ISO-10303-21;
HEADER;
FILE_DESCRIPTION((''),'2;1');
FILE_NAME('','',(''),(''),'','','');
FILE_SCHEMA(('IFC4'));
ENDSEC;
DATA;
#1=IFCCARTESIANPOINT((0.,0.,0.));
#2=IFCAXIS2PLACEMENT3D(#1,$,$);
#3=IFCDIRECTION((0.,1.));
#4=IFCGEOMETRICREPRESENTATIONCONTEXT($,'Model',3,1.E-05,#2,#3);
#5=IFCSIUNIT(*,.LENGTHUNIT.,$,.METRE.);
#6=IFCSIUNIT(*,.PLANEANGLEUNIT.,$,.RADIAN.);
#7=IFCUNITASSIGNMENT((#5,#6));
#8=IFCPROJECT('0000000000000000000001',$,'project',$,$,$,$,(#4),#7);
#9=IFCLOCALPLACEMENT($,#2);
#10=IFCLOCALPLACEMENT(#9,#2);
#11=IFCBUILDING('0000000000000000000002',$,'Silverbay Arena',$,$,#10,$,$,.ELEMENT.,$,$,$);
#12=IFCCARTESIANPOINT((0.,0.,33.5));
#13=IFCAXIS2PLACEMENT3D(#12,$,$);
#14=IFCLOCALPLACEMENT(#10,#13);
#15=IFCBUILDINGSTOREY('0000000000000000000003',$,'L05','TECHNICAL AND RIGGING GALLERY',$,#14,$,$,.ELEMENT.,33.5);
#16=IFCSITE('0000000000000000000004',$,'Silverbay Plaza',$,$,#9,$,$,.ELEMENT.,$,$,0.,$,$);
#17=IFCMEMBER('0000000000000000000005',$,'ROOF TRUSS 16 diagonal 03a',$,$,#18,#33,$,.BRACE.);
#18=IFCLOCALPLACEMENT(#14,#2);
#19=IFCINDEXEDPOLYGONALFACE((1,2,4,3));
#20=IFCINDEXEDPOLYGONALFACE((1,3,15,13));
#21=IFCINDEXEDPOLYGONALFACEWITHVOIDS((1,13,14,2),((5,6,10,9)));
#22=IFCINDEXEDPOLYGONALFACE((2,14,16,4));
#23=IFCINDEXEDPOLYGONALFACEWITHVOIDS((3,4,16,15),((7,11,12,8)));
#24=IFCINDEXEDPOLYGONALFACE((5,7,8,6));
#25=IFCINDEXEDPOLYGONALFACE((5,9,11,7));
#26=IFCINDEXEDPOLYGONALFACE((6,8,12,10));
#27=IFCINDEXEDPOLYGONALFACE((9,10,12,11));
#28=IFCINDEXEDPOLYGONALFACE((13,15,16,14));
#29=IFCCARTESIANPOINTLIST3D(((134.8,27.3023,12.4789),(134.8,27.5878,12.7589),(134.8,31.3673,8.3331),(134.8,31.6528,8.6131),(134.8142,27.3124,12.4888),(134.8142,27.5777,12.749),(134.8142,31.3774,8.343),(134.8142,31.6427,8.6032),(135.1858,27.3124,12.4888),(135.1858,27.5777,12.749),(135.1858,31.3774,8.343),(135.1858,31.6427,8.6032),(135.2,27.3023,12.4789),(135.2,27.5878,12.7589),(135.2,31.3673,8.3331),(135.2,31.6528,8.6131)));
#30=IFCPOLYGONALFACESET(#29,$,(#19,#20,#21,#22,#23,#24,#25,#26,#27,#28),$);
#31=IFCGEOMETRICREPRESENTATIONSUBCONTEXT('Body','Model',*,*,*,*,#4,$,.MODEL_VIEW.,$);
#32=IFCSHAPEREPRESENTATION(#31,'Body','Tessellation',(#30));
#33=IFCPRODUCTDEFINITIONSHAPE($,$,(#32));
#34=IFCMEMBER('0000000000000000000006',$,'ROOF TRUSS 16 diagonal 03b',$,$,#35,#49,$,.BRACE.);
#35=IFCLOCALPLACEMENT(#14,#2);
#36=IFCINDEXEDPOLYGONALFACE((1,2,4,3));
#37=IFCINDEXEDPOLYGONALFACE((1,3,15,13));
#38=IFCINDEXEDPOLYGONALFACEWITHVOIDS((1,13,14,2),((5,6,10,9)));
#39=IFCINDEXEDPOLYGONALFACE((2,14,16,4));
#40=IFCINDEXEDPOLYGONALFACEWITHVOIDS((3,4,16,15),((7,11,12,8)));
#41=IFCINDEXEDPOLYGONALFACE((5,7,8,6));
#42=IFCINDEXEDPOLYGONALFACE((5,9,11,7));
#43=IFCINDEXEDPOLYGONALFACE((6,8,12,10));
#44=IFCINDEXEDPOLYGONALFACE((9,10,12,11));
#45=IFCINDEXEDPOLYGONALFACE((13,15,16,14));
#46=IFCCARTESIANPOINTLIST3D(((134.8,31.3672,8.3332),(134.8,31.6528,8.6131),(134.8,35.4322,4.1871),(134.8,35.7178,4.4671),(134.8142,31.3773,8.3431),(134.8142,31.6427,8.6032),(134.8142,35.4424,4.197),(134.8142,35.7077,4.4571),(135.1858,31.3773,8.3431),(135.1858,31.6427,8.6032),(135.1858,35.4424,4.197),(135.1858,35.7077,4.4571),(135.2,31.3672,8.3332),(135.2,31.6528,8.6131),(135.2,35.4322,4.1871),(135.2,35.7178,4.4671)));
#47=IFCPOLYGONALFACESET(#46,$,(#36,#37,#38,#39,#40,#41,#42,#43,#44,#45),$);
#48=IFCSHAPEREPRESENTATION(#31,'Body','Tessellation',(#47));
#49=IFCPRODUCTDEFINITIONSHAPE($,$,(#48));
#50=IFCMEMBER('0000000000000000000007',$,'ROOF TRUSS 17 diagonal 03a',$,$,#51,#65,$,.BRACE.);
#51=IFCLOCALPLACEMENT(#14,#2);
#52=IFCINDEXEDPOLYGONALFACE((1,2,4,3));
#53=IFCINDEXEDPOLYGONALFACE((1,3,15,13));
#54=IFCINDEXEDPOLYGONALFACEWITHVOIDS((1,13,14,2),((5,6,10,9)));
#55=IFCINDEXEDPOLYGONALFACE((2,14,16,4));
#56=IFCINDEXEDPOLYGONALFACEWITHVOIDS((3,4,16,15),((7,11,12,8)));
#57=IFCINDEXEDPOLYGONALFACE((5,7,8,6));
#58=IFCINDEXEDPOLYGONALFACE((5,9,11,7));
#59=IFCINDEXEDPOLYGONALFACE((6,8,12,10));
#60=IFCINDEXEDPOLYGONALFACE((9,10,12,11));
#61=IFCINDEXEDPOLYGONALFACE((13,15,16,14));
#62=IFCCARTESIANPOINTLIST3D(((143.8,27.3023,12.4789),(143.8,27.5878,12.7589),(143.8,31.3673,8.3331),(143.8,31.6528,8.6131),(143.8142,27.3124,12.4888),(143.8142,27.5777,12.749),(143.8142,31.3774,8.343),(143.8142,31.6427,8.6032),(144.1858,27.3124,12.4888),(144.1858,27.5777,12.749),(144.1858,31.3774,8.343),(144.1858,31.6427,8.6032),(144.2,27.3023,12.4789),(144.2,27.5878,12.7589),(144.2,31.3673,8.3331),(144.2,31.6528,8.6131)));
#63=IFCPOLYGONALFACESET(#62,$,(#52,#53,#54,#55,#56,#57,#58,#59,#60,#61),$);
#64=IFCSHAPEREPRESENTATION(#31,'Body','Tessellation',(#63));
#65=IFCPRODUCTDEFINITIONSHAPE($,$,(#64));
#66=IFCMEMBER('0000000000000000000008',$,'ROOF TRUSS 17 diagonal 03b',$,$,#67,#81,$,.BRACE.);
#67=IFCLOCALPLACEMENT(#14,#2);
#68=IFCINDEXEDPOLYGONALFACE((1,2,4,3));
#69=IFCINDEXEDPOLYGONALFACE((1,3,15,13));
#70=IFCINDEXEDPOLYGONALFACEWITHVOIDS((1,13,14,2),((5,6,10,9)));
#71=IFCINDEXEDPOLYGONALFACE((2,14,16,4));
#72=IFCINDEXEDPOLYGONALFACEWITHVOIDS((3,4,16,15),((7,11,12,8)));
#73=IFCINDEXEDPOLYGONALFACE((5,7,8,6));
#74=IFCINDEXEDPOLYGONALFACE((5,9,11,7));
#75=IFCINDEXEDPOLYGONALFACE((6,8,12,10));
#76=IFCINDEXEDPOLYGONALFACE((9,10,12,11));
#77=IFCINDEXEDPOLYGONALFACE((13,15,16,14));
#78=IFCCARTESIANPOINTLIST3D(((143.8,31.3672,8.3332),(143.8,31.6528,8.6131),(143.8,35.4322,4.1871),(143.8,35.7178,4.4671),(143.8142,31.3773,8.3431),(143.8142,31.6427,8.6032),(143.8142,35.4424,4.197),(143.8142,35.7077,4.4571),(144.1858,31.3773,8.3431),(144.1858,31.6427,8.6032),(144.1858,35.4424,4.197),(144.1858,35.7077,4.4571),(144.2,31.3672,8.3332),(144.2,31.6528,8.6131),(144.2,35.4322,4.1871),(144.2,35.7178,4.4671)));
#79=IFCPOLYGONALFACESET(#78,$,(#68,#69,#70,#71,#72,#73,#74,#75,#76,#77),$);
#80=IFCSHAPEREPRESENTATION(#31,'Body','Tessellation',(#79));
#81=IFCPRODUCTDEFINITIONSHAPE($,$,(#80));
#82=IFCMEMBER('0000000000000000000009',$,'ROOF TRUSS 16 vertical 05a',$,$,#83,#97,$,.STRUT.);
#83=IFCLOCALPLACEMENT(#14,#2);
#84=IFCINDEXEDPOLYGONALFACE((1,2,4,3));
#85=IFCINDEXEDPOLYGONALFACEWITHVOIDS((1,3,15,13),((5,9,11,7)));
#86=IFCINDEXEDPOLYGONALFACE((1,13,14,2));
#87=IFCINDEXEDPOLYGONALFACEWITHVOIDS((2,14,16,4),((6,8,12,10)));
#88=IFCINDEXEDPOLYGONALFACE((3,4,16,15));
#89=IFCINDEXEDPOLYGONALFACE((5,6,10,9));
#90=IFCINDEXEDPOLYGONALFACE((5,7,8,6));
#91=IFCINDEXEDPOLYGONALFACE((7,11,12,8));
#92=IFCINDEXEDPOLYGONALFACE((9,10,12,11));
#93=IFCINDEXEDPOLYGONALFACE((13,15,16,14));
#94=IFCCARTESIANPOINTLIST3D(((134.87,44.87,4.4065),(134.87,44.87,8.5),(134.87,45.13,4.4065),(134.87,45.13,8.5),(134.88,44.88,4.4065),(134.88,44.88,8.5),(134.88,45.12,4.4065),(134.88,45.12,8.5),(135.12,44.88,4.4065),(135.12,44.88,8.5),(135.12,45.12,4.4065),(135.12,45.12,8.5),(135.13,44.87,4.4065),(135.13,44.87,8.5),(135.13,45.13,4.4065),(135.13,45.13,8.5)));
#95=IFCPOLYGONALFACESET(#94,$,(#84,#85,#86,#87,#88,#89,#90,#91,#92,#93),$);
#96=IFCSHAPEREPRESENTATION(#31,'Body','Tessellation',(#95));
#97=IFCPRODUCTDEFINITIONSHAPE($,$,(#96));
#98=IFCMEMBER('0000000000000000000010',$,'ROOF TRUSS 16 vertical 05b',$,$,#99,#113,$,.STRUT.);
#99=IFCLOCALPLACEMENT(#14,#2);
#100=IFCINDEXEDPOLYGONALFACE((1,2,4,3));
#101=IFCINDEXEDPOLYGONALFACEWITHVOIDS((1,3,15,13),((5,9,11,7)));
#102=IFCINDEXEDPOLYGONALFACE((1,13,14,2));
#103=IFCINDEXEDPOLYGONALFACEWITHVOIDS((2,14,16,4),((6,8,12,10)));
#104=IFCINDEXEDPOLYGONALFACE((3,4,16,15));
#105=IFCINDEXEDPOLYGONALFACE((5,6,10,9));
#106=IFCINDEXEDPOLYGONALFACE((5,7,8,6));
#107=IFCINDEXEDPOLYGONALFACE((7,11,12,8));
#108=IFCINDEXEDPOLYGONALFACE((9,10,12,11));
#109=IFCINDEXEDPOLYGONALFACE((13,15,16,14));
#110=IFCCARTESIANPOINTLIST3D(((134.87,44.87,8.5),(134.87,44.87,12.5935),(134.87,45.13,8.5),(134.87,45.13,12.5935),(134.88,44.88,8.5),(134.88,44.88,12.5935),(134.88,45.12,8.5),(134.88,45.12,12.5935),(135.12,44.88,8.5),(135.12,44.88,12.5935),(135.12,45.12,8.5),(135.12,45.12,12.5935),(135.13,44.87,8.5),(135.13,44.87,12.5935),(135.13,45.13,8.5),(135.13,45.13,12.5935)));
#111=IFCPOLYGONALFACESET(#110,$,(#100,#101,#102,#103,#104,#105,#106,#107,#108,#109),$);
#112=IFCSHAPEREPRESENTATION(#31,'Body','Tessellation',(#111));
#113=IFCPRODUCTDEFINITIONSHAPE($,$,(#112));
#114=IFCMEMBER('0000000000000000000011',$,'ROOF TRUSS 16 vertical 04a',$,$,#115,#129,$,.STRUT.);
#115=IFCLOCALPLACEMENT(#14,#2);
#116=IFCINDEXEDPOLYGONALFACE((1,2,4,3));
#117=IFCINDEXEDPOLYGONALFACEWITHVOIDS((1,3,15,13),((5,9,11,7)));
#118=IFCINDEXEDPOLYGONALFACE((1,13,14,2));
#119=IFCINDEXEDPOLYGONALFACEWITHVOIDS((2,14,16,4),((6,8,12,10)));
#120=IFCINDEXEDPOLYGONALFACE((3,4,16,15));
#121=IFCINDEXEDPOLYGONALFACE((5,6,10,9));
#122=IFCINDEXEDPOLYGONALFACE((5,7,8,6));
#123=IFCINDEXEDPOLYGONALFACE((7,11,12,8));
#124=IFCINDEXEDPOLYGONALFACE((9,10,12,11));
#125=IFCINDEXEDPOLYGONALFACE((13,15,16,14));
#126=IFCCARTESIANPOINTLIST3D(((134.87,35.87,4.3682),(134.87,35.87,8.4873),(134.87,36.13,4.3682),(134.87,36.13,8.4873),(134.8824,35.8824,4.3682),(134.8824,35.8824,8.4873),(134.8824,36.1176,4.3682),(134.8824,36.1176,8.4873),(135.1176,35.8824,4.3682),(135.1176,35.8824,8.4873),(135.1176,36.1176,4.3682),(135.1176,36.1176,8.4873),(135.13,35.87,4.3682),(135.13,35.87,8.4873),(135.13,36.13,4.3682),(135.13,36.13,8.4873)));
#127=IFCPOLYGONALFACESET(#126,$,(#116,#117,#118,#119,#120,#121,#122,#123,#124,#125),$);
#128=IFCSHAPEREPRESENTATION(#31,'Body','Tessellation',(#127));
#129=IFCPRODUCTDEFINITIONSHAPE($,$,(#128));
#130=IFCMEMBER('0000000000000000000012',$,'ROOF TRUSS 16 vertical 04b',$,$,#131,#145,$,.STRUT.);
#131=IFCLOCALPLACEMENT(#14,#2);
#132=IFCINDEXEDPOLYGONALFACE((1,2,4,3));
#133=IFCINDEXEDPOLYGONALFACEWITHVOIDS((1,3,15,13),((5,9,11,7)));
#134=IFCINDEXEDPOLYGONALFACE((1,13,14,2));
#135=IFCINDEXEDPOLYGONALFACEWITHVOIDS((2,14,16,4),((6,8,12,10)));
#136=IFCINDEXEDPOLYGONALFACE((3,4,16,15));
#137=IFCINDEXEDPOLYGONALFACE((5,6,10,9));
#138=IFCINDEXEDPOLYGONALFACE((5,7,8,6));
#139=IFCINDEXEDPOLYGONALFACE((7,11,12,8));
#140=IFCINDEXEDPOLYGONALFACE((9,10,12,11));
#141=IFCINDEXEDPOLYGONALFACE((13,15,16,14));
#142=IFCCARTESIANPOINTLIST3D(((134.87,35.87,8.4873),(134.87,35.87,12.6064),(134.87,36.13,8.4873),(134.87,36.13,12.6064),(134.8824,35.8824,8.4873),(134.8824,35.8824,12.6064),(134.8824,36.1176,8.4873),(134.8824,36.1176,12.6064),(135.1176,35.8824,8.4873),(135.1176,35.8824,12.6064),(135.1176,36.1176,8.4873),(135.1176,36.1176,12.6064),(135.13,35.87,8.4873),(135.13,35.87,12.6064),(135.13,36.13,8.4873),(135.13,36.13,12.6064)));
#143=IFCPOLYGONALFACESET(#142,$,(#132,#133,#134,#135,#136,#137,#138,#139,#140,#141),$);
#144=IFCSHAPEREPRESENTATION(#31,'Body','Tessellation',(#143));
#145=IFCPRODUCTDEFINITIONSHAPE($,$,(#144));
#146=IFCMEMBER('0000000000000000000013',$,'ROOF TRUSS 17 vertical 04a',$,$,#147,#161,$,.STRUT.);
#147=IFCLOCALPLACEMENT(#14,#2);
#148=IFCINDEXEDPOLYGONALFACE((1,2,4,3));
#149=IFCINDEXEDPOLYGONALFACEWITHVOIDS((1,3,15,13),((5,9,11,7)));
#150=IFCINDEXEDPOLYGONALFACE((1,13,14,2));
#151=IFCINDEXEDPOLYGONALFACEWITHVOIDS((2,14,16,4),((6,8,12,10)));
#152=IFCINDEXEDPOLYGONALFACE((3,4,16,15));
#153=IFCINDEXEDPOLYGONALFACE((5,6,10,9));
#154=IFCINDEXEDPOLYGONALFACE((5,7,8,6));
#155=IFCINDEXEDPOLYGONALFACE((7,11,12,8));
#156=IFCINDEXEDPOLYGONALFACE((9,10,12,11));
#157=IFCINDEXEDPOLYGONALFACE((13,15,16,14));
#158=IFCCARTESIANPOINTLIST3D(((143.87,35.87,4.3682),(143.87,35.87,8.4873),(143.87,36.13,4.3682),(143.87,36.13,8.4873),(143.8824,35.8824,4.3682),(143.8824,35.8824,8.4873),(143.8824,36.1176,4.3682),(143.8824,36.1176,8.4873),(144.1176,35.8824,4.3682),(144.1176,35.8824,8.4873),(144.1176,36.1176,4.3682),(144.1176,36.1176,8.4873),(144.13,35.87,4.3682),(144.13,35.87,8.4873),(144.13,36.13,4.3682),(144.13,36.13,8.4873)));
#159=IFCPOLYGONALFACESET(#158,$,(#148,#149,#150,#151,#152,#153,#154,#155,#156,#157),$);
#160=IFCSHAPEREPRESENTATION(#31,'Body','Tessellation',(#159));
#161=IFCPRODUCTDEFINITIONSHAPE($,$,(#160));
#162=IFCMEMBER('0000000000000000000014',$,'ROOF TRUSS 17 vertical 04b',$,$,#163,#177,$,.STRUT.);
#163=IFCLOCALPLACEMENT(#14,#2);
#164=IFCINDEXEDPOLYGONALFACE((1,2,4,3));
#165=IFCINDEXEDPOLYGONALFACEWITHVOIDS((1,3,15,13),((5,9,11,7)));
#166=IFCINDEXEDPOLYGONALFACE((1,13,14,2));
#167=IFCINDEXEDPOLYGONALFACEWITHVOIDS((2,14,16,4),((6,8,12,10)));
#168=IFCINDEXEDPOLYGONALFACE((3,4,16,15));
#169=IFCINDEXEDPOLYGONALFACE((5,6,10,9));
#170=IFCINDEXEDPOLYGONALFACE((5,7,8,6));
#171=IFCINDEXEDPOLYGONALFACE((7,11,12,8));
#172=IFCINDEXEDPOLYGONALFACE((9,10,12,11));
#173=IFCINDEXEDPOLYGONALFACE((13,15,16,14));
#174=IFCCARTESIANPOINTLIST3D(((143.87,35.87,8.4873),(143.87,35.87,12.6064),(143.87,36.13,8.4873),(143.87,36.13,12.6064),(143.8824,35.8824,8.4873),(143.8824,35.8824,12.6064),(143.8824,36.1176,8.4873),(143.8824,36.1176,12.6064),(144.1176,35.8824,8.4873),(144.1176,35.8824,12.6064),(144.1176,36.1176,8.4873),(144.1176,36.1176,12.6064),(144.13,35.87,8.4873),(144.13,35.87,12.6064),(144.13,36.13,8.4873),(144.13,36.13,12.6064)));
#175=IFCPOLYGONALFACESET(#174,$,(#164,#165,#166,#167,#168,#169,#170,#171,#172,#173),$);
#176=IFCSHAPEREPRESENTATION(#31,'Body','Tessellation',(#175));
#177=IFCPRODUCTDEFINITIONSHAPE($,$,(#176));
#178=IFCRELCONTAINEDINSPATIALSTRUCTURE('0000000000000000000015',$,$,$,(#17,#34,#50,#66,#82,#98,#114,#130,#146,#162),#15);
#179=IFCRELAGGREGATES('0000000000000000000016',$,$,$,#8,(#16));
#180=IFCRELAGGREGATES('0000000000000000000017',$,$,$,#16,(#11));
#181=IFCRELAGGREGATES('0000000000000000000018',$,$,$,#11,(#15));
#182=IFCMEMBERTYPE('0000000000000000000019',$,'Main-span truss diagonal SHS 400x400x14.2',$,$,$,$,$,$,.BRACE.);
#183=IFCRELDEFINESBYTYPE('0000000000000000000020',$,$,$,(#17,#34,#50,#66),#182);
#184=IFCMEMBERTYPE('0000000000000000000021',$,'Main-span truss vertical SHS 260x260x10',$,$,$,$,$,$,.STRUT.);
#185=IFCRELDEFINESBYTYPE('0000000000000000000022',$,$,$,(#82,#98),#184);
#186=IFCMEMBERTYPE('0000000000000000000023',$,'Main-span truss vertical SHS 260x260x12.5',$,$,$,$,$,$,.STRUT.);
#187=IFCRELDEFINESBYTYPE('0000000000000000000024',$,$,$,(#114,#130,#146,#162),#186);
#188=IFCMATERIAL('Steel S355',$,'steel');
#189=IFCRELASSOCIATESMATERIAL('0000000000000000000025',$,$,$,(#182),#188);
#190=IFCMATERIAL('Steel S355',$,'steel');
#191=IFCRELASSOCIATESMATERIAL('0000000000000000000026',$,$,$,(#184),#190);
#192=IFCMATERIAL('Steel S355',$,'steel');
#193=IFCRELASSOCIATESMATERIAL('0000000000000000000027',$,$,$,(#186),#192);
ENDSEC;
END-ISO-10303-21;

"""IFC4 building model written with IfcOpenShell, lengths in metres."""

from ifc_helpers import new_model, si_unit, direction, frame, origin, origin_2d, place, context, subcontext, project, spatial, hollow_rectangle, extrude, material, material_profile, profile_set, type_object, element, save


model = new_model("IFC4")

# Units and contexts
model_context = context("Model", 3, precision=1e-05, world=origin(), true_north=direction((0.0, 1.0)))
body_context = subcontext(model_context, "Body", "Model", "MODEL_VIEW")
ifc_project = project(units=[si_unit("LENGTHUNIT", "METRE"), si_unit("PLANEANGLEUNIT", "RADIAN")], contexts=[model_context])

# Site, building, storey
site_placement = place(None, origin())
site = spatial("IfcSite", under=ifc_project, at=site_placement, Name="Silverbay Plaza", CompositionType="ELEMENT", RefElevation=0.0)
building_placement = place(site_placement, origin())
building = spatial("IfcBuilding", under=site, at=building_placement, Name="Silverbay Arena", CompositionType="ELEMENT")
storey_placement = place(building_placement, frame((0.0, 0.0, 33.5)))
storey = spatial("IfcBuildingStorey", under=building, at=storey_placement, Name="L05", Description="TECHNICAL AND RIGGING GALLERY", CompositionType="ELEMENT", Elevation=33.5)

# Members
ifc_material_1 = material(Name="Steel S355", Category="steel")
ifc_material_profile_1 = material_profile(ifc_material_1, hollow_rectangle(XDim=0.3999, YDim=0.3999, WallThickness=0.0142, at=origin_2d()), Name="SHS 400x400x14.2")
ifc_profile_set_1 = profile_set([ifc_material_profile_1], Name="Steel S355")
member_type_1 = type_object("IfcMemberType", Name="Main-span truss diagonal SHS 400x400x14.2", PredefinedType="BRACE", material=ifc_profile_set_1)
member_1_placement = place(storey_placement, frame((135.0, 27.4451, 12.6189), z_axis=(0.0, 0.700113, -0.714032), x_axis=(-1.0, 0.0, 0.0)))
element("IfcMember", 1, at=member_1_placement, inside=storey, type_object=member_type_1, Name="ROOF TRUSS 16 diagonal 03a", PredefinedType="BRACE", context=body_context, shape_type="SweptSolid", body=[
    extrude(hollow_rectangle(XDim=0.3999, YDim=0.3999, WallThickness=0.0142, at=origin_2d()), origin(), (0.0, 0.0, 1.0), 5.8062),
])
member_2_placement = place(storey_placement, frame((135.0, 31.51, 8.4731), z_axis=(0.0, 0.700092, -0.714052), x_axis=(-1.0, 0.0, 0.0)))
element("IfcMember", 2, at=member_2_placement, inside=storey, type_object=member_type_1, Name="ROOF TRUSS 16 diagonal 03b", PredefinedType="BRACE", context=body_context, shape_type="SweptSolid", body=[
    extrude(hollow_rectangle(XDim=0.3999, YDim=0.3999, WallThickness=0.0142, at=origin_2d()), origin(), (0.0, 0.0, 1.0), 5.8064),
])
member_3_placement = place(storey_placement, frame((144.0, 27.4451, 12.6189), z_axis=(0.0, 0.700113, -0.714032), x_axis=(-1.0, 0.0, 0.0)))
element("IfcMember", 3, at=member_3_placement, inside=storey, type_object=member_type_1, Name="ROOF TRUSS 17 diagonal 03a", PredefinedType="BRACE", context=body_context, shape_type="SweptSolid", body=[
    extrude(hollow_rectangle(XDim=0.3999, YDim=0.3999, WallThickness=0.0142, at=origin_2d()), origin(), (0.0, 0.0, 1.0), 5.8062),
])
member_4_placement = place(storey_placement, frame((144.0, 31.51, 8.4731), z_axis=(0.0, 0.700092, -0.714052), x_axis=(-1.0, 0.0, 0.0)))
element("IfcMember", 4, at=member_4_placement, inside=storey, type_object=member_type_1, Name="ROOF TRUSS 17 diagonal 03b", PredefinedType="BRACE", context=body_context, shape_type="SweptSolid", body=[
    extrude(hollow_rectangle(XDim=0.3999, YDim=0.3999, WallThickness=0.0142, at=origin_2d()), origin(), (0.0, 0.0, 1.0), 5.8064),
])
ifc_material_2 = material(Name="Steel S355", Category="steel")
ifc_material_profile_2 = material_profile(ifc_material_2, hollow_rectangle(XDim=0.26, YDim=0.26, WallThickness=0.01, at=origin_2d()), Name="SHS 260x260x10")
ifc_profile_set_2 = profile_set([ifc_material_profile_2], Name="Steel S355")
member_type_2 = type_object("IfcMemberType", Name="Main-span truss vertical SHS 260x260x10", PredefinedType="STRUT", material=ifc_profile_set_2)
for number, where, z_axis, x_axis, name in (
    (5, (135.0, 45.0, 4.4065), (0.0, 0.0, 1.0), (1.0, 0.0, 0.0), "ROOF TRUSS 16 vertical 05a"),
    (6, (135.0, 45.0, 8.5), (0.0, 0.0, 1.0), (1.0, 0.0, 0.0), "ROOF TRUSS 16 vertical 05b"),
):
    element("IfcMember", number, at=place(storey_placement, frame(where, z_axis=z_axis, x_axis=x_axis)), inside=storey, type_object=member_type_2, Name=name, PredefinedType="STRUT", context=body_context, shape_type="SweptSolid", body=[
        extrude(hollow_rectangle(XDim=0.26, YDim=0.26, WallThickness=0.01, at=origin_2d()), origin(), (0.0, 0.0, 1.0), 4.0935),
    ])
ifc_material_3 = material(Name="Steel S355", Category="steel")
ifc_material_profile_3 = material_profile(ifc_material_3, hollow_rectangle(XDim=0.26, YDim=0.26, WallThickness=0.0125, at=origin_2d()), Name="SHS 260x260x12.5")
ifc_profile_set_3 = profile_set([ifc_material_profile_3], Name="Steel S355")
member_type_3 = type_object("IfcMemberType", Name="Main-span truss vertical SHS 260x260x12.5", PredefinedType="STRUT", material=ifc_profile_set_3)
for number, where, z_axis, x_axis, name in (
    (7, (135.0, 36.0, 4.3682), (0.0, 0.0, 1.0), (1.0, 0.0, 0.0), "ROOF TRUSS 16 vertical 04a"),
    (8, (135.0, 36.0, 8.4873), (0.0, 0.0, 1.0), (1.0, 0.0, 0.0), "ROOF TRUSS 16 vertical 04b"),
    (9, (144.0, 36.0, 4.3682), (0.0, 0.0, 1.0), (1.0, 0.0, 0.0), "ROOF TRUSS 17 vertical 04a"),
    (10, (144.0, 36.0, 8.4873), (0.0, 0.0, 1.0), (1.0, 0.0, 0.0), "ROOF TRUSS 17 vertical 04b"),
):
    element("IfcMember", number, at=place(storey_placement, frame(where, z_axis=z_axis, x_axis=x_axis)), inside=storey, type_object=member_type_3, Name=name, PredefinedType="STRUT", context=body_context, shape_type="SweptSolid", body=[
        extrude(hollow_rectangle(XDim=0.26, YDim=0.26, WallThickness=0.0125, at=origin_2d()), origin(), (0.0, 0.0, 1.0), 4.1191),
    ])

save(model, "model.ifc")
